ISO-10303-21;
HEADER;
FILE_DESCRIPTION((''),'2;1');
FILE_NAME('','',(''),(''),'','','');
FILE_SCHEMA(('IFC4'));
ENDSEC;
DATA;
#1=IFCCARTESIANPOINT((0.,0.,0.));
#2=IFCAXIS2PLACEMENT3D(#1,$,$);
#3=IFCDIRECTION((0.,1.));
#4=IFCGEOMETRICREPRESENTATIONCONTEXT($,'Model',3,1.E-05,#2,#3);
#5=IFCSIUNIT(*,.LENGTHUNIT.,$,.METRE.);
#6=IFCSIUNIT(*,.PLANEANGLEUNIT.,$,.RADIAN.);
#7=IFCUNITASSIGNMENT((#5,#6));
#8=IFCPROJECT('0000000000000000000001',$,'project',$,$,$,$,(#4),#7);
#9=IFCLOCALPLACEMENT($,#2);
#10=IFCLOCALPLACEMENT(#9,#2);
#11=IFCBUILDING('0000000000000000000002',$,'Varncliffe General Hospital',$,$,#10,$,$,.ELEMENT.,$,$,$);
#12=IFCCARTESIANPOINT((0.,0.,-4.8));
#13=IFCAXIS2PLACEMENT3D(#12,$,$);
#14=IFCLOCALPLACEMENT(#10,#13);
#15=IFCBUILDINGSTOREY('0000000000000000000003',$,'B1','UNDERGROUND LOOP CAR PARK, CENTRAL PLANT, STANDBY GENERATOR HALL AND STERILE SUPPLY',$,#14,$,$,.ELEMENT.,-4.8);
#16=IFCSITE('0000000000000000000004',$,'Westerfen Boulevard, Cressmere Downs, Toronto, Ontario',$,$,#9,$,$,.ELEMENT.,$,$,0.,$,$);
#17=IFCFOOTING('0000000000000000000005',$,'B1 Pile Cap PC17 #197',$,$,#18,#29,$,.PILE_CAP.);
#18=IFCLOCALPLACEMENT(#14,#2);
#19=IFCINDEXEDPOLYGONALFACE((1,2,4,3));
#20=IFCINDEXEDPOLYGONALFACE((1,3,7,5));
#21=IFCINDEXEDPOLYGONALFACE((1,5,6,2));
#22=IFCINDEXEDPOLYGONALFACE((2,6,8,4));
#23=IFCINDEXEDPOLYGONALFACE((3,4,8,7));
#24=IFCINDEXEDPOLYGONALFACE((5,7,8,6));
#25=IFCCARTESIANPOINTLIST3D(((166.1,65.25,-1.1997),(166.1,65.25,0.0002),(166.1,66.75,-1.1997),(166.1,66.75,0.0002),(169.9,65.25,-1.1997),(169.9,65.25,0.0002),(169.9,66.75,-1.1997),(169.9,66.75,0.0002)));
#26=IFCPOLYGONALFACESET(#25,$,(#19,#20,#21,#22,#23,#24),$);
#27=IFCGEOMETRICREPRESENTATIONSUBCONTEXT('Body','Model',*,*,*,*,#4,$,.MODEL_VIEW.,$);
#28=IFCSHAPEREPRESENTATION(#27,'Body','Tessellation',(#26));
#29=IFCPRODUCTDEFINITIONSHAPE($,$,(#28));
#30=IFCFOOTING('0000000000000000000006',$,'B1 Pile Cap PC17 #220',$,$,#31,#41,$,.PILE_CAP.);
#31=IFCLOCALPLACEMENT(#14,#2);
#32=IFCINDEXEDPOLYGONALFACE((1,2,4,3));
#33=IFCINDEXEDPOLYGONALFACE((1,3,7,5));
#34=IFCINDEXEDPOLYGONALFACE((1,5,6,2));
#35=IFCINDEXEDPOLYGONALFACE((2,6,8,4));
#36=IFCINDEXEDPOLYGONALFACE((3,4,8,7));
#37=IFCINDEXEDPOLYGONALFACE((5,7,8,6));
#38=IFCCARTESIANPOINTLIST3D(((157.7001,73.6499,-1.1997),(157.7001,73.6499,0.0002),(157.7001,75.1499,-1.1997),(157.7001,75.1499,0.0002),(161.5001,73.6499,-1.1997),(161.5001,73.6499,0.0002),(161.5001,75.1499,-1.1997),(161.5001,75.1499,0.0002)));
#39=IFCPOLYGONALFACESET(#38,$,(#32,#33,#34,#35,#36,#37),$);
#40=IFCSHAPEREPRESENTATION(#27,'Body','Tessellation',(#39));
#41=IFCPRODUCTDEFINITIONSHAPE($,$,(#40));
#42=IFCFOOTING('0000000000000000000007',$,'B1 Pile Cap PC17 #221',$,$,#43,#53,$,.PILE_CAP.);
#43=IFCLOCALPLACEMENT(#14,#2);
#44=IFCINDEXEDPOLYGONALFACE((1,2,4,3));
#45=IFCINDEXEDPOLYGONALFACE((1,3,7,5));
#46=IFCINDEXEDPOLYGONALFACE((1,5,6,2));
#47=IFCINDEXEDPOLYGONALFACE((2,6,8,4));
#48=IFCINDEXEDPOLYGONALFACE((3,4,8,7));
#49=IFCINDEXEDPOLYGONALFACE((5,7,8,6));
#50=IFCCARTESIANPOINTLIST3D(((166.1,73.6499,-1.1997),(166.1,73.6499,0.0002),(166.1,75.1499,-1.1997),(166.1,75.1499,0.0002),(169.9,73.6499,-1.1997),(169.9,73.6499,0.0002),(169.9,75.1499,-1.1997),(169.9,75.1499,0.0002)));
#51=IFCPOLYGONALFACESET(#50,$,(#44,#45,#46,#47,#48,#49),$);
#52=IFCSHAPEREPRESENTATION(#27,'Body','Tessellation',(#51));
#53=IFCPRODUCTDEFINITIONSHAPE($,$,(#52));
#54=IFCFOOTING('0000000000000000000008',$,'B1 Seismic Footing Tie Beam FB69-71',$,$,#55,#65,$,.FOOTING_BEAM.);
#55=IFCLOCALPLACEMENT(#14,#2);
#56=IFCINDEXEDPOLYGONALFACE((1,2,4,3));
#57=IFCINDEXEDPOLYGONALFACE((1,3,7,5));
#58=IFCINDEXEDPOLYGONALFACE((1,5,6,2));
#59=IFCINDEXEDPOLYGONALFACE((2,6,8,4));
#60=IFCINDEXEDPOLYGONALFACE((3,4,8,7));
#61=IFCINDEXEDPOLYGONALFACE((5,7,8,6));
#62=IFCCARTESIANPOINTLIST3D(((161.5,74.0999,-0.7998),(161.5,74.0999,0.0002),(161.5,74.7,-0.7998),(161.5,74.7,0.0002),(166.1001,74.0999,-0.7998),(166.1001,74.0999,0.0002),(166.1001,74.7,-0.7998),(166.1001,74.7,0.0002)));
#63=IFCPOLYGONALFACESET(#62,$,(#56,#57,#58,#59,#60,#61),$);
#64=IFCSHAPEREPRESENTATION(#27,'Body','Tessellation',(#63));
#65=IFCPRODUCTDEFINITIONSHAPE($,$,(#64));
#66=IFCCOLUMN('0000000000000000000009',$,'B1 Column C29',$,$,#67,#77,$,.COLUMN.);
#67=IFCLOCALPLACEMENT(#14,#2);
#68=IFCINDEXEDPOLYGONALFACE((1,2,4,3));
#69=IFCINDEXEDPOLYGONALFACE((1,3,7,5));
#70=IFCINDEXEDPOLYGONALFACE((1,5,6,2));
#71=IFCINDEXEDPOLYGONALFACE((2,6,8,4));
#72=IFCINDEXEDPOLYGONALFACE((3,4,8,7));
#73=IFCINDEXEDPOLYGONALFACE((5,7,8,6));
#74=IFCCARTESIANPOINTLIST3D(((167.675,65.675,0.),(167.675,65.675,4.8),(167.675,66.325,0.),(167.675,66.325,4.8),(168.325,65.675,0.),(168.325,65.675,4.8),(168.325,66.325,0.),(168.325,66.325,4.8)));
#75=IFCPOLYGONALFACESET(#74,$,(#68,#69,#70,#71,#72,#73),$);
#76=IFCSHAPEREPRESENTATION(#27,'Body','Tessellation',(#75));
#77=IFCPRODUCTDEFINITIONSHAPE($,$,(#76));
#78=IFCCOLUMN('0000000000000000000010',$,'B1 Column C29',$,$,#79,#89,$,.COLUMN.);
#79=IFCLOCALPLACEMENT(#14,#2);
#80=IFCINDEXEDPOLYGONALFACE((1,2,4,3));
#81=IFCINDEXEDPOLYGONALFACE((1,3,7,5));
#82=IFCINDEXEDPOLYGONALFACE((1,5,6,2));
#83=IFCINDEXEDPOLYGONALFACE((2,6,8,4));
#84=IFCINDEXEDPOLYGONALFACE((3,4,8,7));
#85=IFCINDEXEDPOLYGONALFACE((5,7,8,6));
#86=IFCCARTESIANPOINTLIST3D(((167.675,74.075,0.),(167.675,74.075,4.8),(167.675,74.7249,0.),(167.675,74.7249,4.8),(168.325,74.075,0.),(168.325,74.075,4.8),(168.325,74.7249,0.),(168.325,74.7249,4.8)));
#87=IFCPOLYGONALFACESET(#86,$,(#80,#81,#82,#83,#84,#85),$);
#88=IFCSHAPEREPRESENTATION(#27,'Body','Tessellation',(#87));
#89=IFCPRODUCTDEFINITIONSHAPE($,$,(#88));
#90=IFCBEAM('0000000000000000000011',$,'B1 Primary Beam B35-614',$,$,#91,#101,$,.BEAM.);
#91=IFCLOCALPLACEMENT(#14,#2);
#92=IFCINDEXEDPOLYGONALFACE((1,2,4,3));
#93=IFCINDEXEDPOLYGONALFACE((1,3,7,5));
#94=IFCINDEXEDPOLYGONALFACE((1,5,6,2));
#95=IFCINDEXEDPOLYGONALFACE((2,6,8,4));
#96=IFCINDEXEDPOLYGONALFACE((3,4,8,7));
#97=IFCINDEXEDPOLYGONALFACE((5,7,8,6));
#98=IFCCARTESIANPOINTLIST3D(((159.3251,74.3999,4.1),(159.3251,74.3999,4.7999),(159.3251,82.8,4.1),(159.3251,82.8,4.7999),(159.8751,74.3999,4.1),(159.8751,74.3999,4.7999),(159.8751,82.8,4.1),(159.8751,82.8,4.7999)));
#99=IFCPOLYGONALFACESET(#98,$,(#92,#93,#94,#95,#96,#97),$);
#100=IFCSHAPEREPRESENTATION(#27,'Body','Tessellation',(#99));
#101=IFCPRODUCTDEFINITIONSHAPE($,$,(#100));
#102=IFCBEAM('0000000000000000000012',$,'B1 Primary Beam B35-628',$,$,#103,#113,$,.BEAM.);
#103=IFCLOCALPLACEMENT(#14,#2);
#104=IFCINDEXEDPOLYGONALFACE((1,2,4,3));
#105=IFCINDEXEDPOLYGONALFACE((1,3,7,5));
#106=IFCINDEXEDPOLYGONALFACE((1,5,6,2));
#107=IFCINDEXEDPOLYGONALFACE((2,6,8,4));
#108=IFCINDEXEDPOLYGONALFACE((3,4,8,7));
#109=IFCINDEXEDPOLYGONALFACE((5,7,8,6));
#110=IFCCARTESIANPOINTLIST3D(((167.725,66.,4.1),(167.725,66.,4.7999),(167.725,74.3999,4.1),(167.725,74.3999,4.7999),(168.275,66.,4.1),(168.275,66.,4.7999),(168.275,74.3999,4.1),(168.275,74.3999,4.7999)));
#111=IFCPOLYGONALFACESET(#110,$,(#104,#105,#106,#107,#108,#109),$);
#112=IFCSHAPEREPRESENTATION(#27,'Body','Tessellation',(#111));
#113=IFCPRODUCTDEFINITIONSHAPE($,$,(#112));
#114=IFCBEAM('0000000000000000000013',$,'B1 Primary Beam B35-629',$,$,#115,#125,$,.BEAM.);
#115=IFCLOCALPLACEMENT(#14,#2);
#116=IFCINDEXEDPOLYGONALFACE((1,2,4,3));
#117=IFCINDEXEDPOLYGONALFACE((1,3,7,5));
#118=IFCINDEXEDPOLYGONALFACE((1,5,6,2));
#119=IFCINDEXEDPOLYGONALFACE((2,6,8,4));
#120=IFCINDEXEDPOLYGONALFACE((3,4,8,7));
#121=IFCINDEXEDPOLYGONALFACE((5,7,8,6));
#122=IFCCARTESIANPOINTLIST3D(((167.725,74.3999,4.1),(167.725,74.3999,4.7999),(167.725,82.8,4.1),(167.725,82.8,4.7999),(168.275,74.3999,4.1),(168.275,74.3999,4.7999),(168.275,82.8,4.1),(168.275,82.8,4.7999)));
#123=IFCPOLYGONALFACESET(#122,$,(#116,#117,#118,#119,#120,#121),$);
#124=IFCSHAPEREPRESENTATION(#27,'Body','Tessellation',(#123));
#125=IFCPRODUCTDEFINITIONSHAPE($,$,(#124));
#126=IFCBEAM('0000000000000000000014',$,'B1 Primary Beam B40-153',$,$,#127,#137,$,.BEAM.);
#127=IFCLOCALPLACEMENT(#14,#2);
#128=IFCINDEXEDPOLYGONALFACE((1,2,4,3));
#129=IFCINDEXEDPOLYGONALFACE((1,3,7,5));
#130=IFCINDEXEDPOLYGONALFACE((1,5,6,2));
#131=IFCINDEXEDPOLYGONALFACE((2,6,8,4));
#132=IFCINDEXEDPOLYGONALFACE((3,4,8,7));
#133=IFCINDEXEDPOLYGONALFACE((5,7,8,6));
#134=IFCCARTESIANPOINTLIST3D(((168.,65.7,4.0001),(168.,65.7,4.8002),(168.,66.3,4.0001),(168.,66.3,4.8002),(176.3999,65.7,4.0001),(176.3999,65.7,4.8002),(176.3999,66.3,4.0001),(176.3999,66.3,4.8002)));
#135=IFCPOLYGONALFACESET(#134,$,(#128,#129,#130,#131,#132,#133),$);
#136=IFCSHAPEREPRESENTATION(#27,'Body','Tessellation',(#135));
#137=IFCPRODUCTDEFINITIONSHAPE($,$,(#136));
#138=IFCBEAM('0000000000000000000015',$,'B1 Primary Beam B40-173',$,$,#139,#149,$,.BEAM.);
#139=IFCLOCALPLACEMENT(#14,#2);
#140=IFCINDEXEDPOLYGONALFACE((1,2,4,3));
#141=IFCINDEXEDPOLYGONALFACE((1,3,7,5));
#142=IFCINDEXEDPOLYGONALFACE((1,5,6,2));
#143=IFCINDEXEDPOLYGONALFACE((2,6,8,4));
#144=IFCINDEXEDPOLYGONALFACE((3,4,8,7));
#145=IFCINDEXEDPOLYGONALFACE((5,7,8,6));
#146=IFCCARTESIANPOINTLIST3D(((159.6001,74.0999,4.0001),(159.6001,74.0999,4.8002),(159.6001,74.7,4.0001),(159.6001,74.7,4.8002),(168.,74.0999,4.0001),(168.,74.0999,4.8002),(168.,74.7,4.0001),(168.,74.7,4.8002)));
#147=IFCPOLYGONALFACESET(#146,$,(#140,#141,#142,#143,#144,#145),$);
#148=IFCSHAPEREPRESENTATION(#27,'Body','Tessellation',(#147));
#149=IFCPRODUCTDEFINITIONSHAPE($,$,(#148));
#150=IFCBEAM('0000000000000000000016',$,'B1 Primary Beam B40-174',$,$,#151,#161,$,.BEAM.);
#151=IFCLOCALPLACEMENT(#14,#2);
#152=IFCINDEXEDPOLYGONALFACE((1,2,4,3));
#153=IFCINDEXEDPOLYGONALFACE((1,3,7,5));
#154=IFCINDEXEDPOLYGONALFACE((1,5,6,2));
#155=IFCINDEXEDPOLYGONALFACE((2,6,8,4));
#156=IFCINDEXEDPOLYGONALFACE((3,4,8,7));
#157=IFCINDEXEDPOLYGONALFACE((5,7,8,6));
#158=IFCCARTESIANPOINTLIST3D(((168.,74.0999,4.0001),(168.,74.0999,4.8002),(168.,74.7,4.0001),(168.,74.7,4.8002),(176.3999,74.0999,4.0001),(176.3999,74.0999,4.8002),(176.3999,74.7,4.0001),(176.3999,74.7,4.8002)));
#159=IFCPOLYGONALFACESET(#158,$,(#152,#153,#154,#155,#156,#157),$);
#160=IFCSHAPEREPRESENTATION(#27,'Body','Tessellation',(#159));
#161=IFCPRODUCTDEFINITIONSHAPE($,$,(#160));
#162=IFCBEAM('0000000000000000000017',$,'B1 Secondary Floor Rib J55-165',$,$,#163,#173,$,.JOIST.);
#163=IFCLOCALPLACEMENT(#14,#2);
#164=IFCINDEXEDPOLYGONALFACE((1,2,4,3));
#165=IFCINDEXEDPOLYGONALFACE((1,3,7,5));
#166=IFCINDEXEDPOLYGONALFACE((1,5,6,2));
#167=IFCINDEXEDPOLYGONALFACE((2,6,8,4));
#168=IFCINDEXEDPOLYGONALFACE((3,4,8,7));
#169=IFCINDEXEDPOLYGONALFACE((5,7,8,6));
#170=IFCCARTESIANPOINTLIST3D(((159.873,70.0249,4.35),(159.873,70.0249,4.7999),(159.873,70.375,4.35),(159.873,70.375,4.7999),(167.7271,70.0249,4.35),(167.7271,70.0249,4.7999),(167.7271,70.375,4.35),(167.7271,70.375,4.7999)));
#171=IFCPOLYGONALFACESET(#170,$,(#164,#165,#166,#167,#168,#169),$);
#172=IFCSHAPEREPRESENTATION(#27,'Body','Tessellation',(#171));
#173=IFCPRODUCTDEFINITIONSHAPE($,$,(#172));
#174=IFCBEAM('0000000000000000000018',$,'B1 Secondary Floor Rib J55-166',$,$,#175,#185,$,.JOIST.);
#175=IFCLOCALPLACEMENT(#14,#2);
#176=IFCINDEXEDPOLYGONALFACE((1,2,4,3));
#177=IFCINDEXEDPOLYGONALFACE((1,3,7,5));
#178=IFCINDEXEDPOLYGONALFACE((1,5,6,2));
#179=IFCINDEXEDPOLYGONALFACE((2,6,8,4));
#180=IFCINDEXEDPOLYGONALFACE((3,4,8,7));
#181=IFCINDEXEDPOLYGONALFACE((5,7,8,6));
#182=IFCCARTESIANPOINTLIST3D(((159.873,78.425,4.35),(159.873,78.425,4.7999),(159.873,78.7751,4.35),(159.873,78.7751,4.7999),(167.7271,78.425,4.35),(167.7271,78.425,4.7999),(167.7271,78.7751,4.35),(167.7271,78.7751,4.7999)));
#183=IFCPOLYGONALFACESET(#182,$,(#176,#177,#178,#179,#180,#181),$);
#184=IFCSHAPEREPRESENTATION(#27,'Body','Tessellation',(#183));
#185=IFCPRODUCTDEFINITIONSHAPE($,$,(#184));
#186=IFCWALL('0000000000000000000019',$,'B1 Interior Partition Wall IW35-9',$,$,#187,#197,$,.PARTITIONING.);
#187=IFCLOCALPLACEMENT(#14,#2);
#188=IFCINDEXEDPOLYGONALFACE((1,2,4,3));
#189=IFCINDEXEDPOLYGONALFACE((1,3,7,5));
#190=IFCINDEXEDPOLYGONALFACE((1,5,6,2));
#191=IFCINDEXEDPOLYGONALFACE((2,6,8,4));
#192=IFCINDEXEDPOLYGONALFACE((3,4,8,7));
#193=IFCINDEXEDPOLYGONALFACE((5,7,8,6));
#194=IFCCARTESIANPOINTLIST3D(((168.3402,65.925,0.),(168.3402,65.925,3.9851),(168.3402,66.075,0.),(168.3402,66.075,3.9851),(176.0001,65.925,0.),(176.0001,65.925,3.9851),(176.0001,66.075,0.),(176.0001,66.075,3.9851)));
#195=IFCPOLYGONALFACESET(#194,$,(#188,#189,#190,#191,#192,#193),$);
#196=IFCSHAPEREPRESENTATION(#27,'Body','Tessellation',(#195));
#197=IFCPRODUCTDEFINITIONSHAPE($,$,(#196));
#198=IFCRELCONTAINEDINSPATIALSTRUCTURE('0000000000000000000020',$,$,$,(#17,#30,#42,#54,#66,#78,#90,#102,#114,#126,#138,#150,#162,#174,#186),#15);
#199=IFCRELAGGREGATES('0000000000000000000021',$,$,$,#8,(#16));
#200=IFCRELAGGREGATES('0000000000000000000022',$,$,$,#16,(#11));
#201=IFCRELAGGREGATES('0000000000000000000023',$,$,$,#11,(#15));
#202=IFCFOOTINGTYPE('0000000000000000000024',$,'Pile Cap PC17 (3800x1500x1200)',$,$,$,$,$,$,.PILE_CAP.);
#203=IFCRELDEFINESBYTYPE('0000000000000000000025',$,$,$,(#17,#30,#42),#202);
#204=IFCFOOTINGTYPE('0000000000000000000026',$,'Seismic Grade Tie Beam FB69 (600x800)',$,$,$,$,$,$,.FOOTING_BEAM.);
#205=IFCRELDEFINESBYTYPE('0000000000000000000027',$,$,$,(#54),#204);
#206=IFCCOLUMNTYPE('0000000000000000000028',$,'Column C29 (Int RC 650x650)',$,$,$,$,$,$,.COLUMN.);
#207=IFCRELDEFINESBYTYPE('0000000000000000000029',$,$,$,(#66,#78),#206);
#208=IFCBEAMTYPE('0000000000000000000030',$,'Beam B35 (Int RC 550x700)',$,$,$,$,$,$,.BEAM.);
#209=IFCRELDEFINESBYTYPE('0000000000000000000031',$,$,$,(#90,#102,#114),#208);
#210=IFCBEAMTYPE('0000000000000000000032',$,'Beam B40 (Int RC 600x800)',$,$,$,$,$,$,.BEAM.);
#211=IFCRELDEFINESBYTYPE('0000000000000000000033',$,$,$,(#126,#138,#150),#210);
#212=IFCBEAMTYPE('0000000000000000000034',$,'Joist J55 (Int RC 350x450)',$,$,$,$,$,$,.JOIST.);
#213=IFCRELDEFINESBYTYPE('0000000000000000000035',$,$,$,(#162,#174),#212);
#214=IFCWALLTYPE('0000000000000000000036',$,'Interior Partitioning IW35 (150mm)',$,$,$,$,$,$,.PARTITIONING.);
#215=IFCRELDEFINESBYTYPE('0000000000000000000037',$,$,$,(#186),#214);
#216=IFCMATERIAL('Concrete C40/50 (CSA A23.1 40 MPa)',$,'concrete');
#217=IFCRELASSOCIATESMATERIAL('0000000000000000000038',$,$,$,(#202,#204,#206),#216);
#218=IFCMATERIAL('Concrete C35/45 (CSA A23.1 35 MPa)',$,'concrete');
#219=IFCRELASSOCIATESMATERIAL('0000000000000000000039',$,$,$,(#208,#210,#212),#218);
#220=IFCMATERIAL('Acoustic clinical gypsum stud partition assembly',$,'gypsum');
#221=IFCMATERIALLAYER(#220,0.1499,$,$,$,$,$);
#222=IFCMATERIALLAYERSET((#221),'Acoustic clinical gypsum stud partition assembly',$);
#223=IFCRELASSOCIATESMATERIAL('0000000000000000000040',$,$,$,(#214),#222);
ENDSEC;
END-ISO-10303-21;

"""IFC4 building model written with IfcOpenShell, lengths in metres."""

from ifc_helpers import new_model, si_unit, direction, frame, frame_2d, origin, origin_2d, place, context, subcontext, project, spatial, rectangle, extrude, material, layer, layer_set, material_profile, profile_set, type_object, element, save


model = new_model("IFC4")

# Units and contexts
model_context = context("Model", 3, precision=1e-05, world=origin(), true_north=direction((0.0, 1.0)))
body_context = subcontext(model_context, "Body", "Model", "MODEL_VIEW")
ifc_project = project(units=[si_unit("LENGTHUNIT", "METRE"), si_unit("PLANEANGLEUNIT", "RADIAN")], contexts=[model_context])

# Site, building, storey
site_placement = place(None, origin())
site = spatial("IfcSite", under=ifc_project, at=site_placement, Name="Westerfen Boulevard, Cressmere Downs, Toronto, Ontario", CompositionType="ELEMENT", RefElevation=0.0)
building_placement = place(site_placement, origin())
building = spatial("IfcBuilding", under=site, at=building_placement, Name="Varncliffe General Hospital", CompositionType="ELEMENT")
storey_placement = place(building_placement, frame((0.0, 0.0, -4.8)))
storey = spatial("IfcBuildingStorey", under=building, at=storey_placement, Name="B1", Description="UNDERGROUND LOOP CAR PARK, CENTRAL PLANT, STANDBY GENERATOR HALL AND STERILE SUPPLY", CompositionType="ELEMENT", Elevation=-4.8)

# Shared definitions
ifc_material_1 = material(Name="Concrete C40/50 (CSA A23.1 40 MPa)", Category="concrete")

# Footings
footing_type_1 = type_object("IfcFootingType", Name="Pile Cap PC17 (3800x1500x1200)", PredefinedType="PILE_CAP", material=ifc_material_1)
for number, where, z_axis, x_axis, name in (
    (1, (168.0, 66.0, -1.1997), (0.0, 0.0, 1.0), (1.0, 0.0, 0.0), "B1 Pile Cap PC17 #197"),
    (2, (159.6001, 74.3999, -1.1997), (0.0, 0.0, 1.0), (1.0, 0.0, 0.0), "B1 Pile Cap PC17 #220"),
    (3, (168.0, 74.3999, -1.1997), (0.0, 0.0, 1.0), (1.0, 0.0, 0.0), "B1 Pile Cap PC17 #221"),
):
    element("IfcFooting", number, at=place(storey_placement, frame(where, z_axis=z_axis, x_axis=x_axis)), inside=storey, type_object=footing_type_1, Name=name, PredefinedType="PILE_CAP", context=body_context, shape_type="SweptSolid", body=[
        extrude(rectangle(XDim=3.8, YDim=1.5, at=origin_2d()), origin(), (0.0, 0.0, 1.0), 1.2),
    ])
footing_type_2 = type_object("IfcFootingType", Name="Seismic Grade Tie Beam FB69 (600x800)", PredefinedType="FOOTING_BEAM", material=ifc_material_1)
footing_placement = place(storey_placement, frame((163.8, 74.3999, -0.7998), z_axis=(0.0, 0.0, 1.0), x_axis=(1.0, 0.0, 0.0)))
element("IfcFooting", 4, at=footing_placement, inside=storey, type_object=footing_type_2, Name="B1 Seismic Footing Tie Beam FB69-71", PredefinedType="FOOTING_BEAM", context=body_context, shape_type="SweptSolid", body=[
    extrude(rectangle(XDim=4.6001, YDim=0.6001, at=origin_2d()), origin(), (0.0, 0.0, 1.0), 0.8),
])

# Columns
ifc_material_profile_1 = material_profile(ifc_material_1, rectangle(XDim=0.6499, YDim=0.6499, at=origin_2d()), Name="RC 650x650")
ifc_profile_set_1 = profile_set([ifc_material_profile_1], Name="Concrete C40/50 (CSA A23.1 40 MPa)")
column_type = type_object("IfcColumnType", Name="Column C29 (Int RC 650x650)", PredefinedType="COLUMN", material=ifc_profile_set_1)
for number, where, z_axis, x_axis, name in (
    (5, (168.0, 66.0, 0.0), (0.0, 0.0, 1.0), (1.0, 0.0, 0.0), "B1 Column C29"),
    (6, (168.0, 74.3999, 0.0), (0.0, 0.0, 1.0), (1.0, 0.0, 0.0), "B1 Column C29"),
):
    element("IfcColumn", number, at=place(storey_placement, frame(where, z_axis=z_axis, x_axis=x_axis)), inside=storey, type_object=column_type, Name=name, PredefinedType="COLUMN", context=body_context, shape_type="SweptSolid", body=[
        extrude(rectangle(XDim=0.6499, YDim=0.6499, at=origin_2d()), origin(), (0.0, 0.0, 1.0), 4.8),
    ])

# Beams
ifc_material_2 = material(Name="Concrete C35/45 (CSA A23.1 35 MPa)", Category="concrete")
ifc_material_profile_2 = material_profile(ifc_material_2, rectangle(XDim=0.55, YDim=0.7, at=origin_2d()), Name="RC 550x700")
ifc_profile_set_2 = profile_set([ifc_material_profile_2], Name="Concrete C35/45 (CSA A23.1 35 MPa)")
beam_type_1 = type_object("IfcBeamType", Name="Beam B35 (Int RC 550x700)", PredefinedType="BEAM", material=ifc_profile_set_2)
beam_1_placement = place(storey_placement, frame((159.6001, 74.3999, 4.45), z_axis=(0.0, 1.0, 0.0), x_axis=(-1.0, 0.0, 0.0)))
element("IfcBeam", 7, at=beam_1_placement, inside=storey, type_object=beam_type_1, Name="B1 Primary Beam B35-614", PredefinedType="BEAM", context=body_context, shape_type="SweptSolid", body=[
    extrude(rectangle(XDim=0.55, YDim=0.7, at=origin_2d()), origin(), (0.0, 0.0, 1.0), 8.4001),
])
beam_2_placement = place(storey_placement, frame((168.0, 66.0, 4.45), z_axis=(0.0, 1.0, 0.0), x_axis=(-1.0, 0.0, 0.0)))
element("IfcBeam", 8, at=beam_2_placement, inside=storey, type_object=beam_type_1, Name="B1 Primary Beam B35-628", PredefinedType="BEAM", context=body_context, shape_type="SweptSolid", body=[
    extrude(rectangle(XDim=0.55, YDim=0.7, at=origin_2d()), origin(), (0.0, 0.0, 1.0), 8.3999),
])
beam_3_placement = place(storey_placement, frame((168.0, 74.3999, 4.45), z_axis=(0.0, 1.0, 0.0), x_axis=(-1.0, 0.0, 0.0)))
element("IfcBeam", 9, at=beam_3_placement, inside=storey, type_object=beam_type_1, Name="B1 Primary Beam B35-629", PredefinedType="BEAM", context=body_context, shape_type="SweptSolid", body=[
    extrude(rectangle(XDim=0.55, YDim=0.7, at=origin_2d()), origin(), (0.0, 0.0, 1.0), 8.4001),
])
ifc_material_profile_3 = material_profile(ifc_material_2, rectangle(XDim=0.6001, YDim=0.8, at=origin_2d()), Name="RC 600x800")
ifc_profile_set_3 = profile_set([ifc_material_profile_3], Name="Concrete C35/45 (CSA A23.1 35 MPa)")
beam_type_2 = type_object("IfcBeamType", Name="Beam B40 (Int RC 600x800)", PredefinedType="BEAM", material=ifc_profile_set_3)
for number, where, z_axis, x_axis, name in (
    (10, (168.0, 66.0, 4.4001), (1.0, 0.0, 0.0), (0.0, 1.0, 0.0), "B1 Primary Beam B40-153"),
    (11, (159.6001, 74.3999, 4.4001), (1.0, 0.0, 0.0), (0.0, 1.0, 0.0), "B1 Primary Beam B40-173"),
    (12, (168.0, 74.3999, 4.4001), (1.0, 0.0, 0.0), (0.0, 1.0, 0.0), "B1 Primary Beam B40-174"),
):
    element("IfcBeam", number, at=place(storey_placement, frame(where, z_axis=z_axis, x_axis=x_axis)), inside=storey, type_object=beam_type_2, Name=name, PredefinedType="BEAM", context=body_context, shape_type="SweptSolid", body=[
        extrude(rectangle(XDim=0.6001, YDim=0.8, at=origin_2d()), origin(), (0.0, 0.0, 1.0), 8.3999),
    ])
ifc_material_profile_4 = material_profile(ifc_material_2, rectangle(XDim=0.3501, YDim=0.45, at=origin_2d()), Name="RC 350x450")
ifc_profile_set_4 = profile_set([ifc_material_profile_4], Name="Concrete C35/45 (CSA A23.1 35 MPa)")
beam_type_3 = type_object("IfcBeamType", Name="Joist J55 (Int RC 350x450)", PredefinedType="JOIST", material=ifc_profile_set_4)
for number, where, z_axis, x_axis, name in (
    (13, (159.873, 70.2, 4.575), (1.0, 0.0, 0.0), (0.0, 1.0, 0.0), "B1 Secondary Floor Rib J55-165"),
    (14, (159.873, 78.6001, 4.575), (1.0, 0.0, 0.0), (0.0, 1.0, 0.0), "B1 Secondary Floor Rib J55-166"),
):
    element("IfcBeam", number, at=place(storey_placement, frame(where, z_axis=z_axis, x_axis=x_axis)), inside=storey, type_object=beam_type_3, Name=name, PredefinedType="JOIST", context=body_context, shape_type="SweptSolid", body=[
        extrude(rectangle(XDim=0.3501, YDim=0.45, at=origin_2d()), origin(), (0.0, 0.0, 1.0), 7.854),
    ])

# Wall
ifc_material_3 = material(Name="Acoustic clinical gypsum stud partition assembly", Category="gypsum")
ifc_layer_1 = layer(ifc_material_3, 0.1499)
ifc_layer_set_1 = layer_set([ifc_layer_1], Name="Acoustic clinical gypsum stud partition assembly")
wall_type_1 = type_object("IfcWallType", Name="Interior Partitioning IW35 (150mm)", PredefinedType="PARTITIONING", material=ifc_layer_set_1)
wall_1_placement = place(storey_placement, frame((168.3401, 66.0, 0.0), z_axis=(0.0, 0.0, 1.0), x_axis=(1.0, 0.0, 0.0)))
element("IfcWall", 15, at=wall_1_placement, inside=storey, type_object=wall_type_1, Name="B1 Interior Partition Wall IW35-9", PredefinedType="PARTITIONING", context=body_context, shape_type="SweptSolid", body=[
    extrude(rectangle(XDim=7.6599, YDim=0.1499, at=frame_2d((3.8301, 0.0))), origin(), (0.0, 0.0, 1.0), 3.9851),
])

save(model, "model.ifc")
